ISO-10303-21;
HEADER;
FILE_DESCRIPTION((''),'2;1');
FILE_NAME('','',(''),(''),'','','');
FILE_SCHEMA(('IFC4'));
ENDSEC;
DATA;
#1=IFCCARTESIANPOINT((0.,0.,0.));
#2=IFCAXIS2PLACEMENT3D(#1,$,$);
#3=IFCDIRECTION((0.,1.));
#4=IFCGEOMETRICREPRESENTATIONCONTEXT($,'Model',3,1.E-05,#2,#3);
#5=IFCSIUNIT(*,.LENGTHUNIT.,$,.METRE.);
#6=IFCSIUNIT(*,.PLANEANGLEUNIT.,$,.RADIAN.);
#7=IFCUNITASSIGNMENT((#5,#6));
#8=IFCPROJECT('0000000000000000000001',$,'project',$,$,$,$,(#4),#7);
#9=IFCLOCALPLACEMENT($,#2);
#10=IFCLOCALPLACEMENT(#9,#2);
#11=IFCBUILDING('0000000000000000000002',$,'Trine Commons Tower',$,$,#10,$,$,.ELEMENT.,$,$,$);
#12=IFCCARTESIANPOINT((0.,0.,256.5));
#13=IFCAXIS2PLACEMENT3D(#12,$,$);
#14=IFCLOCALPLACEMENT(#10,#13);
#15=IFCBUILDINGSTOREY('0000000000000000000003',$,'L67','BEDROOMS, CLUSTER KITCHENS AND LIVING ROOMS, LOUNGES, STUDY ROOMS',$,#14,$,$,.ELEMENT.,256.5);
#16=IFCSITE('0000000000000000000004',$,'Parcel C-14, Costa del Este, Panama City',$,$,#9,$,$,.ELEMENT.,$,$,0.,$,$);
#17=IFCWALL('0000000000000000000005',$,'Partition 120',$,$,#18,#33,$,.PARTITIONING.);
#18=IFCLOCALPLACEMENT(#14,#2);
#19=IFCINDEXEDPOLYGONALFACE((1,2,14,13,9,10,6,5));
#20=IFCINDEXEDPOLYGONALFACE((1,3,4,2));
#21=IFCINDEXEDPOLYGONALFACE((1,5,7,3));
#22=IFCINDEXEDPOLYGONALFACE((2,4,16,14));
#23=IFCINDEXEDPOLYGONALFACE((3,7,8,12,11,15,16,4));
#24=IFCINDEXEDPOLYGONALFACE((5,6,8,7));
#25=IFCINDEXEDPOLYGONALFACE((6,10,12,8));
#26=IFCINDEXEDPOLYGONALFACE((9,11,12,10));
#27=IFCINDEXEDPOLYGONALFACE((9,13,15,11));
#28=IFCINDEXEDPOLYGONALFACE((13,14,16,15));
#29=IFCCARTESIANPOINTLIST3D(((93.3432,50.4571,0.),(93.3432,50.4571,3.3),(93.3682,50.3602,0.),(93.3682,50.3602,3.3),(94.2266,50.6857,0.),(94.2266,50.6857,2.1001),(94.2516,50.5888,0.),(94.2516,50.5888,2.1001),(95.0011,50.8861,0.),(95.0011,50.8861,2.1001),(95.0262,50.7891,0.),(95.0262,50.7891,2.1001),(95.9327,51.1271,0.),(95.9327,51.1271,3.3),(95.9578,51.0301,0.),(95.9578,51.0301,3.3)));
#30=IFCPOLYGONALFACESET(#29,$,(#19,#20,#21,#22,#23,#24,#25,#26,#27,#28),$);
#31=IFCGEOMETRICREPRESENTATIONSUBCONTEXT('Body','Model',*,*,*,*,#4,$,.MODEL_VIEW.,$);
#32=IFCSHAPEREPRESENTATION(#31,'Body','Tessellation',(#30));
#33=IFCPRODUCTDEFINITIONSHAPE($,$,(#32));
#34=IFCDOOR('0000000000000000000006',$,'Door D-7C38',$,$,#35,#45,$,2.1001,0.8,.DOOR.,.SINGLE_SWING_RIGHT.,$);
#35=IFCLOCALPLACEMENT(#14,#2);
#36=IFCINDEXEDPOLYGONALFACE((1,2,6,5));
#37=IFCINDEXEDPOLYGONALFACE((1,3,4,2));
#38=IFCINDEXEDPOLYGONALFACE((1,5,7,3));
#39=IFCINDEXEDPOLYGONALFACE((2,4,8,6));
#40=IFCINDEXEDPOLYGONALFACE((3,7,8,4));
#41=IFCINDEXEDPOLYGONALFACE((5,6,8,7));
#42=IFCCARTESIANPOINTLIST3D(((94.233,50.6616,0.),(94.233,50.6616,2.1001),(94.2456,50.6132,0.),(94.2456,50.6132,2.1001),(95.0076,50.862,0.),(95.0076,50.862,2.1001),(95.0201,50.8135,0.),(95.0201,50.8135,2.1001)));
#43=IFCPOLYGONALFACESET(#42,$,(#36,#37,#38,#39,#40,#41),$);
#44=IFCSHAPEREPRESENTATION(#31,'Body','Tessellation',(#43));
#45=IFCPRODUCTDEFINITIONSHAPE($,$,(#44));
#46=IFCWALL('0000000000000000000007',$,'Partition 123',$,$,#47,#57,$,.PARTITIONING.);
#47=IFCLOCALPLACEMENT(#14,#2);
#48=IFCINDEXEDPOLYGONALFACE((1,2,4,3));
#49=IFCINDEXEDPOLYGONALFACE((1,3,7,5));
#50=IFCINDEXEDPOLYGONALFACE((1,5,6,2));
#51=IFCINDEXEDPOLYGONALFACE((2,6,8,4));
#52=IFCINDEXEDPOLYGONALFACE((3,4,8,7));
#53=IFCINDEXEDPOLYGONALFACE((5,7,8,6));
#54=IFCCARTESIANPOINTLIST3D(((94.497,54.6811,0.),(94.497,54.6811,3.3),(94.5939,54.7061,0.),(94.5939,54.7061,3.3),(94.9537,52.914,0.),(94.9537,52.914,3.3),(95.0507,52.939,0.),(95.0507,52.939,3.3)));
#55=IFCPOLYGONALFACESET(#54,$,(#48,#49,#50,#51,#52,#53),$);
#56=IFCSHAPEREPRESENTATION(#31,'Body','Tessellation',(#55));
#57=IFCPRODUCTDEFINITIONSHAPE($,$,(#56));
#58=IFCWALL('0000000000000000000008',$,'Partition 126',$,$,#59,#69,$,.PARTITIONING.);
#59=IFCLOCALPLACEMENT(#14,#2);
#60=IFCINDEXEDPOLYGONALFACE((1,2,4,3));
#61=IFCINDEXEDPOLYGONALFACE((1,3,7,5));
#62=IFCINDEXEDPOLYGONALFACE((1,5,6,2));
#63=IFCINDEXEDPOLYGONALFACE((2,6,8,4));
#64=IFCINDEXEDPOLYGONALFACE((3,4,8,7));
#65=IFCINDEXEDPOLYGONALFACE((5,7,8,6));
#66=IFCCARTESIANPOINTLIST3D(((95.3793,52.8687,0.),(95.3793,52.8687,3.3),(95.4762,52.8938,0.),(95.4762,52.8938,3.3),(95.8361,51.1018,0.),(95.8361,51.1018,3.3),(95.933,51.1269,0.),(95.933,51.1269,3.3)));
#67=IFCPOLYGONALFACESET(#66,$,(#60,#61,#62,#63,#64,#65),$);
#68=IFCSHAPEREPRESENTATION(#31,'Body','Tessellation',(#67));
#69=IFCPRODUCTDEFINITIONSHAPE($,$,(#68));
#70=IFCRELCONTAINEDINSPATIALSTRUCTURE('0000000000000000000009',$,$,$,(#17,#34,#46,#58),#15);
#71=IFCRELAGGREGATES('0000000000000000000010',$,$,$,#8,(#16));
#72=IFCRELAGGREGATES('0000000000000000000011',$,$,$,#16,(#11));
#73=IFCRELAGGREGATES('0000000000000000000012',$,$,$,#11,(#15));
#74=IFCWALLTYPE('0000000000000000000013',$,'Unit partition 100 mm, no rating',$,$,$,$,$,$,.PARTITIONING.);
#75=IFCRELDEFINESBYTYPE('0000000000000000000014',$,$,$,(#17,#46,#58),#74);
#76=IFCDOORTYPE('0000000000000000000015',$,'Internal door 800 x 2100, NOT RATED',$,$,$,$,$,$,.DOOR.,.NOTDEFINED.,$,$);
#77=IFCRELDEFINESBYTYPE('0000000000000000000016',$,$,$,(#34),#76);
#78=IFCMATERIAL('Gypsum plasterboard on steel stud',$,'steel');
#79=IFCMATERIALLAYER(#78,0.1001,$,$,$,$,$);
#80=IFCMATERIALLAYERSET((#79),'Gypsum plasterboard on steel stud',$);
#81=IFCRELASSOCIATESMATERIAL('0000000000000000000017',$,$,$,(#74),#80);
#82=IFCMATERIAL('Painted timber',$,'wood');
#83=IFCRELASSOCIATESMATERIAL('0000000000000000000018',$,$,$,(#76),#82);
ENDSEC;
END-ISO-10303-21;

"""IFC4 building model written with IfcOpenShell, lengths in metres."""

from ifc_helpers import new_model, si_unit, direction, frame, frame_2d, origin, place, context, subcontext, project, spatial, rectangle, extrude, material, layer, layer_set, type_object, element, fill, save


model = new_model("IFC4")

# Units and contexts
model_context = context("Model", 3, precision=1e-05, world=origin(), true_north=direction((0.0, 1.0)))
body_context = subcontext(model_context, "Body", "Model", "MODEL_VIEW")
ifc_project = project(units=[si_unit("LENGTHUNIT", "METRE"), si_unit("PLANEANGLEUNIT", "RADIAN")], contexts=[model_context])

# Site, building, storey
site_placement = place(None, origin())
site = spatial("IfcSite", under=ifc_project, at=site_placement, Name="Parcel C-14, Costa del Este, Panama City", CompositionType="ELEMENT", RefElevation=0.0)
building_placement = place(site_placement, origin())
building = spatial("IfcBuilding", under=site, at=building_placement, Name="Trine Commons Tower", CompositionType="ELEMENT")
storey_placement = place(building_placement, frame((0.0, 0.0, 256.5)))
storey = spatial("IfcBuildingStorey", under=building, at=storey_placement, Name="L67", Description="BEDROOMS, CLUSTER KITCHENS AND LIVING ROOMS, LOUNGES, STUDY ROOMS", CompositionType="ELEMENT", Elevation=256.5)

# Shared definitions
ifc_material_1 = material(Name="Gypsum plasterboard on steel stud", Category="steel")

# Wall, opening, door
ifc_layer_1 = layer(ifc_material_1, 0.1001)
ifc_layer_set_1 = layer_set([ifc_layer_1], Name="Gypsum plasterboard on steel stud")
wall_type_1 = type_object("IfcWallType", Name="Unit partition 100 mm, no rating", PredefinedType="PARTITIONING", material=ifc_layer_set_1)
ifc_material_2 = material(Name="Painted timber", Category="wood")
door_type_1 = type_object("IfcDoorType", Name="Internal door 800 x 2100, NOT RATED", OperationType="NOTDEFINED", PredefinedType="DOOR", material=ifc_material_2)
wall_1_placement = place(storey_placement, frame((93.3557, 50.4087, 0.0), z_axis=(0.0, 0.0, 1.0), x_axis=(0.968129, 0.250452, 0.0)))
wall_1 = element("IfcWall", 1, at=wall_1_placement, inside=storey, type_object=wall_type_1, Name="Partition 120", PredefinedType="PARTITIONING", context=body_context, shape_type="SweptSolid", body=[
    extrude(rectangle(XDim=2.6748, YDim=0.1001, at=frame_2d((1.3374, 0.0))), origin(), (0.0, 0.0, 1.0), 3.3),
])
opening_1_placement = place(wall_1_placement, frame((0.9126, 0.0, 0.0)))
opening_1 = element("IfcOpeningElement", 2, at=opening_1_placement, cuts=wall_1, PredefinedType="OPENING", context=body_context, shape_type="SweptSolid", body=[
    extrude(rectangle(XDim=0.8, YDim=2.1001, at=frame_2d((0.3999, 1.05))), frame((0.0, 0.0601, 0.0), z_axis=(0.0, -1.0, 0.0), x_axis=(1.0, 0.0, 0.0)), (0.0, 0.0, 1.0), 0.1201),
])
door_1_placement = place(opening_1_placement, frame((0.8, 0.0, 0.0), z_axis=(0.0, 0.0, 1.0), x_axis=(-1.0, 0.0, 0.0)))
door_1 = element("IfcDoor", 3, at=door_1_placement, inside=storey, type_object=door_type_1, Name="Door D-7C38", OperationType="SINGLE_SWING_RIGHT", OverallHeight=2.1001, OverallWidth=0.8, PredefinedType="DOOR", context=body_context, shape_type="SweptSolid", body=[
    extrude(rectangle(XDim=0.8, YDim=2.1001, at=frame_2d((0.3999, 1.05))), frame((0.0, 0.0249, 0.0), z_axis=(0.0, -1.0, 0.0), x_axis=(1.0, 0.0, 0.0)), (0.0, 0.0, 1.0), 0.05),
])
fill(opening_1, door_1)

# Walls
wall_2_placement = place(storey_placement, frame((94.5454, 54.6936, 0.0), z_axis=(0.0, 0.0, 1.0), x_axis=(0.25027, -0.968176, 0.0)))
element("IfcWall", 4, at=wall_2_placement, inside=storey, type_object=wall_type_1, Name="Partition 123", PredefinedType="PARTITIONING", context=body_context, shape_type="SweptSolid", body=[
    extrude(rectangle(XDim=1.8252, YDim=0.1001, at=frame_2d((0.9126, 0.0))), origin(), (0.0, 0.0, 1.0), 3.3),
])
wall_3_placement = place(storey_placement, frame((95.4277, 52.8813, 0.0), z_axis=(0.0, 0.0, 1.0), x_axis=(0.250303, -0.968168, 0.0)))
element("IfcWall", 5, at=wall_3_placement, inside=storey, type_object=wall_type_1, Name="Partition 126", PredefinedType="PARTITIONING", context=body_context, shape_type="SweptSolid", body=[
    extrude(rectangle(XDim=1.825, YDim=0.1001, at=frame_2d((0.9126, 0.0))), origin(), (0.0, 0.0, 1.0), 3.3),
])

save(model, "model.ifc")
